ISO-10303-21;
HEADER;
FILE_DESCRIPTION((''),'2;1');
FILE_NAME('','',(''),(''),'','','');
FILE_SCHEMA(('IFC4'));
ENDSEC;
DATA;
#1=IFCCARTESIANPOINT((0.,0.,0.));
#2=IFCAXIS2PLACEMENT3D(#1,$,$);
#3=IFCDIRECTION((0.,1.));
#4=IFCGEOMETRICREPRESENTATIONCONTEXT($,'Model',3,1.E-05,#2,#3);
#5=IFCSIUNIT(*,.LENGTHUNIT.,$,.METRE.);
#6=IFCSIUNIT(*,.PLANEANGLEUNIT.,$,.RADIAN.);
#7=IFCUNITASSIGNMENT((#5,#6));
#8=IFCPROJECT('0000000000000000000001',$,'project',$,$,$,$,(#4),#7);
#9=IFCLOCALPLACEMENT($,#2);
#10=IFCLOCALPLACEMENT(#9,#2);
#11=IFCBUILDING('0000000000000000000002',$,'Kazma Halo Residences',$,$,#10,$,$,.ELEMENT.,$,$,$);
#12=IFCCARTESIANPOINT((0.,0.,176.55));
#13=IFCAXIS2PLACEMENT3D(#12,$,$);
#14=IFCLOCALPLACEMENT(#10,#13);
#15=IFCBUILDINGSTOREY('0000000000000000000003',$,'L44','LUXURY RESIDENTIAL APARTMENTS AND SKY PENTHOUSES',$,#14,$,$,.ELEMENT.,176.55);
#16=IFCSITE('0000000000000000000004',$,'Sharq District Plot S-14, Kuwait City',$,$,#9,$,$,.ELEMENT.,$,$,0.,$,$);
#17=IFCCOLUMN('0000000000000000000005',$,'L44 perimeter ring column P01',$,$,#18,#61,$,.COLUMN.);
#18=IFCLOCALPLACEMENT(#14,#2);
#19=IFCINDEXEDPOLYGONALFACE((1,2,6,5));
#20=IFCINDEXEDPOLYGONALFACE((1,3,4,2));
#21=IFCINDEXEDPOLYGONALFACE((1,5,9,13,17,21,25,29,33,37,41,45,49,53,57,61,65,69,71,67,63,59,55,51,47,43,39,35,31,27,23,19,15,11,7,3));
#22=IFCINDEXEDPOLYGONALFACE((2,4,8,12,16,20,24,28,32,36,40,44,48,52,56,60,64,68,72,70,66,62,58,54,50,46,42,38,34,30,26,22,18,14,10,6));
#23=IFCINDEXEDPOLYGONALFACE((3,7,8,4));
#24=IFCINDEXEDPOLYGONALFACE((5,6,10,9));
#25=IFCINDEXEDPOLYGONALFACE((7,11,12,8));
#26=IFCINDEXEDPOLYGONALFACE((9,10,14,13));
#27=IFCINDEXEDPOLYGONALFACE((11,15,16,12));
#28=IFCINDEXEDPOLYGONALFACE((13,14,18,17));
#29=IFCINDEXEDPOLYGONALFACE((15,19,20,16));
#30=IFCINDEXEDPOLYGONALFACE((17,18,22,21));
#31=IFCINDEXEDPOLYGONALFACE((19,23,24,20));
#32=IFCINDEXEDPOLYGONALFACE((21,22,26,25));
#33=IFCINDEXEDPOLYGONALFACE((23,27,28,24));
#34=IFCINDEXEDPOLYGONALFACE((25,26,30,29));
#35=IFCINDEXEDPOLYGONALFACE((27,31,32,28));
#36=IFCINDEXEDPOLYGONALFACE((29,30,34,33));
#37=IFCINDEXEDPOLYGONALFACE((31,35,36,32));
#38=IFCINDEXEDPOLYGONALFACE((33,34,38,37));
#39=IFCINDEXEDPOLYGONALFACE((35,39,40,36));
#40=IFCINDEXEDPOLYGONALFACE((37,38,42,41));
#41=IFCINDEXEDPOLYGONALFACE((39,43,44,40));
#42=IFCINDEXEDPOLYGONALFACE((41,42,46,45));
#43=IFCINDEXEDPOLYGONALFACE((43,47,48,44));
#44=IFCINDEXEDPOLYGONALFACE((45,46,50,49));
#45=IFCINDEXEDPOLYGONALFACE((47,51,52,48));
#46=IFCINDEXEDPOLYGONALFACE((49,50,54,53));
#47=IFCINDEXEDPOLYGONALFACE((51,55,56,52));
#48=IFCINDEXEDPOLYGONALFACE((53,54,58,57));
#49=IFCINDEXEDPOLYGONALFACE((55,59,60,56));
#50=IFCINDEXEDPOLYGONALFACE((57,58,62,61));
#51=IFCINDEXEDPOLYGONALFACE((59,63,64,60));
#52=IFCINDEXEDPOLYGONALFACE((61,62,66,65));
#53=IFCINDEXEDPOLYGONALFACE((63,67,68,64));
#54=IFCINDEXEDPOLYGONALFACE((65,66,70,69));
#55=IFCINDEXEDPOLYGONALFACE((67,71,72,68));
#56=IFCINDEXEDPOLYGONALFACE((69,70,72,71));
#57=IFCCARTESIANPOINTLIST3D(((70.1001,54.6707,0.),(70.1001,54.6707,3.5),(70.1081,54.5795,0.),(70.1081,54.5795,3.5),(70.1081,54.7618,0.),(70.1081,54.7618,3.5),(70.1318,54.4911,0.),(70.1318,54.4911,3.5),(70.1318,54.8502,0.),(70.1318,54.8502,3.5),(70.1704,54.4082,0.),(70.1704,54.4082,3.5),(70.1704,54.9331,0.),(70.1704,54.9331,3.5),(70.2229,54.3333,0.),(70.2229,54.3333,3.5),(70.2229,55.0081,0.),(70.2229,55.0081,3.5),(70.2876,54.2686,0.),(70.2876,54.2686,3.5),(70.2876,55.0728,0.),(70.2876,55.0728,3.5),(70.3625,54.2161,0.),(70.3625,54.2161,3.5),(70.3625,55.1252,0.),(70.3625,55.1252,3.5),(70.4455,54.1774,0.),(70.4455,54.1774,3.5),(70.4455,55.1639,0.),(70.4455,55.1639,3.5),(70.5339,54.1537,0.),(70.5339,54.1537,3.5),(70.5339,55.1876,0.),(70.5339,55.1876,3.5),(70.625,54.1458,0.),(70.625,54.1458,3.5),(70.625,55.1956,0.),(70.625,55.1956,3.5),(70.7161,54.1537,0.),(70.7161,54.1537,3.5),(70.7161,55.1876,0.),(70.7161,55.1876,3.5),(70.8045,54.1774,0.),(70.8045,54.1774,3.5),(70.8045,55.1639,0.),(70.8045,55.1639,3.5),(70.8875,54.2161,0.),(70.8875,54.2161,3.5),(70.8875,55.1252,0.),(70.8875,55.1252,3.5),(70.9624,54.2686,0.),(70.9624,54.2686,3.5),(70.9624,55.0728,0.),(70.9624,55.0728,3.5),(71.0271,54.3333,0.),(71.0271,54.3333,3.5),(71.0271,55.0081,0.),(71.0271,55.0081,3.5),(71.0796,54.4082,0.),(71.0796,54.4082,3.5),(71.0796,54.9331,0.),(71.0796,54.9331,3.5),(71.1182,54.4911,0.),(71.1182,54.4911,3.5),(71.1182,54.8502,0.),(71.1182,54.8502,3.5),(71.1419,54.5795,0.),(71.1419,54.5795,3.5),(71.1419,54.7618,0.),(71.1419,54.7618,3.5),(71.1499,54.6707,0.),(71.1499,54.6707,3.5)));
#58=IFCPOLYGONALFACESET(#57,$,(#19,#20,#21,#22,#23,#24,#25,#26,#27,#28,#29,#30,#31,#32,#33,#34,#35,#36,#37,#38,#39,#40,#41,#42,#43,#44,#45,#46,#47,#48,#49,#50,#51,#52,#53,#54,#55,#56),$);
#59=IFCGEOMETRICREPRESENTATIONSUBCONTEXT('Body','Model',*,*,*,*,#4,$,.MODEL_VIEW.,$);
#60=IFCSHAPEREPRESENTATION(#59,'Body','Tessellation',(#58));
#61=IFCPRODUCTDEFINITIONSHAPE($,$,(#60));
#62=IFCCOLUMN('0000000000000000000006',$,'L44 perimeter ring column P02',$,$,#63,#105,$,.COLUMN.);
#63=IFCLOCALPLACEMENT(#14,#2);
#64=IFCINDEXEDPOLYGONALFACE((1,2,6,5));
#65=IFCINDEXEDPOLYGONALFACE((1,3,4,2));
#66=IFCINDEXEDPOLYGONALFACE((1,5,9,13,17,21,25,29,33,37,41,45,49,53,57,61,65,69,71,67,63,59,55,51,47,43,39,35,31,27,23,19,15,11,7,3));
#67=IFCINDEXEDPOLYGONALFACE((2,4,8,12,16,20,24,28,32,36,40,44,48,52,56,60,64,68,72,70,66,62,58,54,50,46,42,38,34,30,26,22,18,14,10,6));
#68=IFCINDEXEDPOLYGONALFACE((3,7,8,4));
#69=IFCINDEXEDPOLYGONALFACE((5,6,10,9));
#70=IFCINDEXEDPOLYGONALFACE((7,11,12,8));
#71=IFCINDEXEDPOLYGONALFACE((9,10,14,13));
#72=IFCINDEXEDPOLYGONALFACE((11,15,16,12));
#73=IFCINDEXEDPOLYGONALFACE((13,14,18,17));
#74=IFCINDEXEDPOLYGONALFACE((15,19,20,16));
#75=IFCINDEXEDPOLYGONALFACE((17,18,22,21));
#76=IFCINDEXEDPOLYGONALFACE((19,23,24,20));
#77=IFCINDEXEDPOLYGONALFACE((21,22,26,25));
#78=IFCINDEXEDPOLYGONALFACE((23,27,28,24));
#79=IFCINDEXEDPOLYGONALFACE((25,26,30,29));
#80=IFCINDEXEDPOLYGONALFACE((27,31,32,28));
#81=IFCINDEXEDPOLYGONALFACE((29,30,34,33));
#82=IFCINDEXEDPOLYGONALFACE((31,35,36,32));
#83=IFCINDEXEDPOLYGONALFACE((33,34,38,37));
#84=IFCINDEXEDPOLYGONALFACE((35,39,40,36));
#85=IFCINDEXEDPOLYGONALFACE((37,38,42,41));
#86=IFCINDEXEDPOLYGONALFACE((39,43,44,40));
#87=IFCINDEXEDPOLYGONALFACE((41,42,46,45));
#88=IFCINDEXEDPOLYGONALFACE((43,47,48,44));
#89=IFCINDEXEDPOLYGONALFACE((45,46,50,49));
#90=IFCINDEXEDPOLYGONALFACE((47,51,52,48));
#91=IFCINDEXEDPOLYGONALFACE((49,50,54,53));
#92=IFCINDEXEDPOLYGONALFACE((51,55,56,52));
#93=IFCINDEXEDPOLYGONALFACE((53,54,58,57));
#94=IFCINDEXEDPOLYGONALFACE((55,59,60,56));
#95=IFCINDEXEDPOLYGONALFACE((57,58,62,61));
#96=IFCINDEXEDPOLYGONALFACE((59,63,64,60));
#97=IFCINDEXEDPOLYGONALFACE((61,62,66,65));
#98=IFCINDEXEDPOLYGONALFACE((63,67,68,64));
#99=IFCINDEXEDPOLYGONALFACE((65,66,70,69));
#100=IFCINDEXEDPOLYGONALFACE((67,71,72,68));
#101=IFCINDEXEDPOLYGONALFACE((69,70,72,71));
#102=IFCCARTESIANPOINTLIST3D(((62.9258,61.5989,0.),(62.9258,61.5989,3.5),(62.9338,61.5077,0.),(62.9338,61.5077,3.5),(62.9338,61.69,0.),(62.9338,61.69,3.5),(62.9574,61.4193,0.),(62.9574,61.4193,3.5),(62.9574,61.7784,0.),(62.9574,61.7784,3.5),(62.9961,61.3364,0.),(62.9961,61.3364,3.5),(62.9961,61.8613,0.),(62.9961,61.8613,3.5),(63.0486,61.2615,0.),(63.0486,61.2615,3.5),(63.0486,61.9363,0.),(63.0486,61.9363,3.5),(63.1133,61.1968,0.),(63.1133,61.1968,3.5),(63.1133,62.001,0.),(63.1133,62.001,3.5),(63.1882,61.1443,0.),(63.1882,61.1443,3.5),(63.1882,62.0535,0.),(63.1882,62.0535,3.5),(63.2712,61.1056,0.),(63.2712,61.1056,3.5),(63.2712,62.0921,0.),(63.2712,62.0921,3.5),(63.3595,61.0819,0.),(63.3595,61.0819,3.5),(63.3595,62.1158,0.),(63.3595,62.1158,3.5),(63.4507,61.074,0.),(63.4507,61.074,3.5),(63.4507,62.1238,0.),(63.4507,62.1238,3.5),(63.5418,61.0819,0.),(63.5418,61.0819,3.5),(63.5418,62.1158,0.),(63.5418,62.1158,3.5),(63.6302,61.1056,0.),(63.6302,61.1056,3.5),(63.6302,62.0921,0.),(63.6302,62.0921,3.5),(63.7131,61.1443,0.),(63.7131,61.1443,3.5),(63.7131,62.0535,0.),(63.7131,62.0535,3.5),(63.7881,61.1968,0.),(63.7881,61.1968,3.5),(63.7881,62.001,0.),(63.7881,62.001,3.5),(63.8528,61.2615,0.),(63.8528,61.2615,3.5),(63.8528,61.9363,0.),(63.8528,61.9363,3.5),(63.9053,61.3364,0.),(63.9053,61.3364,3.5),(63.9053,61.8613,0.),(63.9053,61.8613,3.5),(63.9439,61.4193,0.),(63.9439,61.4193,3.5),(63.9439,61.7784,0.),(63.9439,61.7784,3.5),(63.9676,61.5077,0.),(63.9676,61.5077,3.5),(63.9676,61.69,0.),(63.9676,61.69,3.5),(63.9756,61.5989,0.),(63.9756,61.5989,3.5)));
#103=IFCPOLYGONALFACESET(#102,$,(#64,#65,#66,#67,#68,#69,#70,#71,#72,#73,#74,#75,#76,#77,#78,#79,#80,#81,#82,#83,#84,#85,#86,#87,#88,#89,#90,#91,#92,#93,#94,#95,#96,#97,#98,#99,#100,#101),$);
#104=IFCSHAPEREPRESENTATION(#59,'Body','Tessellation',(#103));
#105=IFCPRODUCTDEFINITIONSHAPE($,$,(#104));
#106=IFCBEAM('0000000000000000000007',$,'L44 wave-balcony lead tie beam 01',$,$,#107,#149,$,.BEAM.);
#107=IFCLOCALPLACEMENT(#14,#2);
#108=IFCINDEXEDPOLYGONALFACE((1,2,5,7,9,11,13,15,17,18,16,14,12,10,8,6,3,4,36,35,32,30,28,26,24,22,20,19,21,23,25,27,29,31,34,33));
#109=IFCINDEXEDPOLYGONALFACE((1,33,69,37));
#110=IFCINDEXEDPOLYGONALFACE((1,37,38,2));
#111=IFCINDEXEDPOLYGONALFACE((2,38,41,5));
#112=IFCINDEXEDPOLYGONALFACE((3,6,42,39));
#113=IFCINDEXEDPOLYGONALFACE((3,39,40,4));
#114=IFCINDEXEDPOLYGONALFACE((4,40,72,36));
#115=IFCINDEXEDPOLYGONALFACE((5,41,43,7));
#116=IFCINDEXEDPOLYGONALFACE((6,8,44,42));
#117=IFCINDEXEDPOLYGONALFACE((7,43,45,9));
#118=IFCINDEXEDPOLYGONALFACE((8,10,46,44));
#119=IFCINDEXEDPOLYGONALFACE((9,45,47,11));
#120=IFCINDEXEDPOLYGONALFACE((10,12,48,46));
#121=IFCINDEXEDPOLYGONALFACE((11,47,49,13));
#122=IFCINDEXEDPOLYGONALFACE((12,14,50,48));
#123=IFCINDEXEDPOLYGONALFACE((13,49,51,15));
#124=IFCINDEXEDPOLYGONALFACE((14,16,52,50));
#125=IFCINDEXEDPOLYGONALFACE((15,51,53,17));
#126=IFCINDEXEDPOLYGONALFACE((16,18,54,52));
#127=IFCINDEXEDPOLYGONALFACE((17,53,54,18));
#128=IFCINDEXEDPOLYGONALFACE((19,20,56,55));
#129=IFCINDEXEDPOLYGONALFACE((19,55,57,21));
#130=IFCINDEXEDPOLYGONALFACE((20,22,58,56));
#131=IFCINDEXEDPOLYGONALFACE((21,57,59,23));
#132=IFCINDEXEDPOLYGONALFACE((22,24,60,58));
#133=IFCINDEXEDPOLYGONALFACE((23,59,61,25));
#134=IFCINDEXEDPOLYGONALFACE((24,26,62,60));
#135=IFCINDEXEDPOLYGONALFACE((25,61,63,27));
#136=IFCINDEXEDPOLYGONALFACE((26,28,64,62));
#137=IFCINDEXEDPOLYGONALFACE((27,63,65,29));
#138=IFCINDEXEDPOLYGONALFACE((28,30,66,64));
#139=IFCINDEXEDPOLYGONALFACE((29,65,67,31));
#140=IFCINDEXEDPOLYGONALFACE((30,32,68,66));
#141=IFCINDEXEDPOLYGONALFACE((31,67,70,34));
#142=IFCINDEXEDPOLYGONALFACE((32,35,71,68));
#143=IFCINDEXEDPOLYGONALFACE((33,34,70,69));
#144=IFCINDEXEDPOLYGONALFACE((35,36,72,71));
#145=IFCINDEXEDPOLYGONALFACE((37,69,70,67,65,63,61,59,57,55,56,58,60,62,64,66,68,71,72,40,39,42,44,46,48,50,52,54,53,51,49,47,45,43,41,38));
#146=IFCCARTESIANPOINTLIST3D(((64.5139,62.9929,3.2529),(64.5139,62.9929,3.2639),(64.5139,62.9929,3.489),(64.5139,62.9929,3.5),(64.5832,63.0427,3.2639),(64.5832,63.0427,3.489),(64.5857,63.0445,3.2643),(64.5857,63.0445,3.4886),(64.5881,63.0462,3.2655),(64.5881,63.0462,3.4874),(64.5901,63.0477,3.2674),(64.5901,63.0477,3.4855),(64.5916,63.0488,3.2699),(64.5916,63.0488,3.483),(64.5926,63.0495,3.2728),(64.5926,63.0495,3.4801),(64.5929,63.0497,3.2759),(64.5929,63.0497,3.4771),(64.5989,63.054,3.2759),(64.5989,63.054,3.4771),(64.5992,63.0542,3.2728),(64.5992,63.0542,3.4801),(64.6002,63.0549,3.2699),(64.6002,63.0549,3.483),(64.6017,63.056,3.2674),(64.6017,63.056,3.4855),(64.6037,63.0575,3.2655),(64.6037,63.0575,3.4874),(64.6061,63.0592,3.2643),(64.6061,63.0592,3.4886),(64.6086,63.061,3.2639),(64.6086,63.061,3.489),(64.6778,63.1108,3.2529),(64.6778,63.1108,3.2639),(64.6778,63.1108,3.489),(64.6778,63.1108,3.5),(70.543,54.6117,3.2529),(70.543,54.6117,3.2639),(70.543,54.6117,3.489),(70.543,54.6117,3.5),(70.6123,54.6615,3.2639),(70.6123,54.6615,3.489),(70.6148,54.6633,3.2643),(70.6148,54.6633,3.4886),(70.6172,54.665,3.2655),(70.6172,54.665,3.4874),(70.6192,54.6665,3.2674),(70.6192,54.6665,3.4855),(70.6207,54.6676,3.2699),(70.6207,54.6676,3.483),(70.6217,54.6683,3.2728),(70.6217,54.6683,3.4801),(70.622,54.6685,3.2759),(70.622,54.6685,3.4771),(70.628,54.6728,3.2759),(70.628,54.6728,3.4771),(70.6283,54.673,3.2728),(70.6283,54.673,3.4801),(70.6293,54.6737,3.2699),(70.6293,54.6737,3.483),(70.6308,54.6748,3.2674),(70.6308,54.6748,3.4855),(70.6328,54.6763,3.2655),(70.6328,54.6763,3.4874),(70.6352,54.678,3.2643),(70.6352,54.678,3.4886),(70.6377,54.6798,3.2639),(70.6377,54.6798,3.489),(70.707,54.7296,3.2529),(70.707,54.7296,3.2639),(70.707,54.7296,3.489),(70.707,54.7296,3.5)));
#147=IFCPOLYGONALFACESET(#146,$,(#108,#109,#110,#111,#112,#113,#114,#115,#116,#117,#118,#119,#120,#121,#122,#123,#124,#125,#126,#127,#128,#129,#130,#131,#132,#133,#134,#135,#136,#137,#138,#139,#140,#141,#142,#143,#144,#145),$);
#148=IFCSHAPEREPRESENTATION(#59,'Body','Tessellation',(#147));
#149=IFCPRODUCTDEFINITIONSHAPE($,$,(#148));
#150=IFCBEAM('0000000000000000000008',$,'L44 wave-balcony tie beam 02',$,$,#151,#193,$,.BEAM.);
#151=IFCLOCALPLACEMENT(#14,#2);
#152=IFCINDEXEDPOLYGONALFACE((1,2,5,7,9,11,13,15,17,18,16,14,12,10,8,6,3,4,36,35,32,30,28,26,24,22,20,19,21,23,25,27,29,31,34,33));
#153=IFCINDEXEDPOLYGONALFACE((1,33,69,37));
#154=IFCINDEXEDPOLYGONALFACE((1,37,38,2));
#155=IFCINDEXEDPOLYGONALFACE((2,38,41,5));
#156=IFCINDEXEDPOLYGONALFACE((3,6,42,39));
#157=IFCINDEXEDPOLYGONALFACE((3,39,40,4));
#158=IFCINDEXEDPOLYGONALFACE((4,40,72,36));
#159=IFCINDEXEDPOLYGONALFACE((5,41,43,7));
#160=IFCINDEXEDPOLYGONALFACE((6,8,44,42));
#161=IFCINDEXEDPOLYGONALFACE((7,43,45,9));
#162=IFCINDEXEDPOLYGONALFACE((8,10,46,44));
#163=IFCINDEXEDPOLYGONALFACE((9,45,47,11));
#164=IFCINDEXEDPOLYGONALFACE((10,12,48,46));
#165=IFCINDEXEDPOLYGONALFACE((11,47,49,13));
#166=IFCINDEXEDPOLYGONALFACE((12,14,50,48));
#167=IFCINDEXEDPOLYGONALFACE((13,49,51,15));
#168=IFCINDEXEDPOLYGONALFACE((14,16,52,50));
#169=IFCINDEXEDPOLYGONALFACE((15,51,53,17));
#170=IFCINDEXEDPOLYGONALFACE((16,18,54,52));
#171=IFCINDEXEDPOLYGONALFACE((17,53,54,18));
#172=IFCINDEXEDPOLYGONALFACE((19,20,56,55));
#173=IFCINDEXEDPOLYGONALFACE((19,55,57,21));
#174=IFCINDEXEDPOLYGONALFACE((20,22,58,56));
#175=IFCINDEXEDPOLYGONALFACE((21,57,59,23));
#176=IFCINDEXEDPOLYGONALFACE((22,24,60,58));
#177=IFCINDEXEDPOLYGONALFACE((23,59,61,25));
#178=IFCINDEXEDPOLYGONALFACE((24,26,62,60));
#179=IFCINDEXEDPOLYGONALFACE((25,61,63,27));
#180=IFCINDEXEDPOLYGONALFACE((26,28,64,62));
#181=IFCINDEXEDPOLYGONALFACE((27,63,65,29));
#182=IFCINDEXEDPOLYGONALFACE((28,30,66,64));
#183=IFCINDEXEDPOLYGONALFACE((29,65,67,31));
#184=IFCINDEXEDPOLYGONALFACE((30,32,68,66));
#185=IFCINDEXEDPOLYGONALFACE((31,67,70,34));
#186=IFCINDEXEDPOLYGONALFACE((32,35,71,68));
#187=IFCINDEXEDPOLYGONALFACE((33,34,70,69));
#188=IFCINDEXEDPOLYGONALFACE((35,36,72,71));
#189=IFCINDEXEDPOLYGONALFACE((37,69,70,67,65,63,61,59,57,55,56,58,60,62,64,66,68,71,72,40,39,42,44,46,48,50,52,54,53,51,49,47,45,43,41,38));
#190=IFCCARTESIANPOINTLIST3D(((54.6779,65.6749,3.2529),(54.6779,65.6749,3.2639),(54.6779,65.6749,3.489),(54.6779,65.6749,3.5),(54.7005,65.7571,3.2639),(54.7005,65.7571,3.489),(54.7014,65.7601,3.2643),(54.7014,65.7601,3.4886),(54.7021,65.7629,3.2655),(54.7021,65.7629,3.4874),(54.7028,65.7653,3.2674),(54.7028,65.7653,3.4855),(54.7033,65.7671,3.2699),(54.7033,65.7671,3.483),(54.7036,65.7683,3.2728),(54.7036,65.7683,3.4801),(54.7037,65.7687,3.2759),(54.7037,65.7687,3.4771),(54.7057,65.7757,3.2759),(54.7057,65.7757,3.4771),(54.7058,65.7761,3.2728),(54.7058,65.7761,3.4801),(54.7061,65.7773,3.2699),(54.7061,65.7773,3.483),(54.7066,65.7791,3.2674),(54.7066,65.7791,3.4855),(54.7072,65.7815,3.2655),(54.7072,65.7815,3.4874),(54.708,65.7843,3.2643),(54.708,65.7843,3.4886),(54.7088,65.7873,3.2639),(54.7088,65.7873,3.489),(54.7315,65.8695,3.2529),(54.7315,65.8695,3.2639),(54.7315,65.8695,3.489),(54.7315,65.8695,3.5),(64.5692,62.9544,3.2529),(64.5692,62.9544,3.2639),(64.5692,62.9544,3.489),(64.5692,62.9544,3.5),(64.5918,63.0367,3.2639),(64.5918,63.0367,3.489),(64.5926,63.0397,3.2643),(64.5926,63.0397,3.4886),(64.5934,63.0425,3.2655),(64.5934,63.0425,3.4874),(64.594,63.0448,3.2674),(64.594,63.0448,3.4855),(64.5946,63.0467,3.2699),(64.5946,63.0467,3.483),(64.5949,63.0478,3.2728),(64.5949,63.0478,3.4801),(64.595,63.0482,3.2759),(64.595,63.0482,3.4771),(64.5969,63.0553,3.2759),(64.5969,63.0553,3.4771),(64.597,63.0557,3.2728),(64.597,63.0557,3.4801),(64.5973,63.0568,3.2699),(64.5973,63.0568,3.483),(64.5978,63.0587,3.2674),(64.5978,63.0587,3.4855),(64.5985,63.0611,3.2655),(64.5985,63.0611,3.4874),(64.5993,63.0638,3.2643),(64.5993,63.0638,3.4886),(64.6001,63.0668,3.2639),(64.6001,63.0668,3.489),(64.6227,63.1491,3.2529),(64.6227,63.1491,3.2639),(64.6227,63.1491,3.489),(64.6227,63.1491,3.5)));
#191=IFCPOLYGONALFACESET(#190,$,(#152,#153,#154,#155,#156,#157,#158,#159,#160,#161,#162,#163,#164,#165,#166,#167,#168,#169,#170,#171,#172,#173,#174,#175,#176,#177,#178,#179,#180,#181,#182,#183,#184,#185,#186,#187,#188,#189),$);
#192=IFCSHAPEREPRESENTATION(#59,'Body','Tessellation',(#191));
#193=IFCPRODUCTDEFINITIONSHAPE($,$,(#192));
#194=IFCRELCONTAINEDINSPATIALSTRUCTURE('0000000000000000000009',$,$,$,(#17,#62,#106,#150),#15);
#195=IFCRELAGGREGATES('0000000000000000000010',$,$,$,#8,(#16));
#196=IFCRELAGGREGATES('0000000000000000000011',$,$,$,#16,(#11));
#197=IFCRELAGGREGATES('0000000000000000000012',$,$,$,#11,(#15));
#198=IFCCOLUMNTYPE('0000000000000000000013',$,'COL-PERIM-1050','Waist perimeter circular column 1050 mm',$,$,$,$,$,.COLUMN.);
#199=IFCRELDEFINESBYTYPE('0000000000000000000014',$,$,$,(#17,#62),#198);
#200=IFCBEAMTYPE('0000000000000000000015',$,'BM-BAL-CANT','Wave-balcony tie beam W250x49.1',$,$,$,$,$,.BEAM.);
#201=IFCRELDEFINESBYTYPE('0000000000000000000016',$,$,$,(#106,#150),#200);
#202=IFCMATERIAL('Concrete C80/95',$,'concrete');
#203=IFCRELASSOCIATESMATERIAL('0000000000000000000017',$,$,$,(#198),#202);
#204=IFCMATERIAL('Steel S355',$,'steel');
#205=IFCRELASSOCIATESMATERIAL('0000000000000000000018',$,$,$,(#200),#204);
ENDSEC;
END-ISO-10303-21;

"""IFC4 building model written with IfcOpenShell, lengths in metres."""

from ifc_helpers import new_model, si_unit, direction, frame, origin, origin_2d, place, context, subcontext, project, spatial, circle, i_section, extrude, material, material_profile, profile_set, type_object, element, save


model = new_model("IFC4")

# Units and contexts
model_context = context("Model", 3, precision=1e-05, world=origin(), true_north=direction((0.0, 1.0)))
body_context = subcontext(model_context, "Body", "Model", "MODEL_VIEW")
ifc_project = project(units=[si_unit("LENGTHUNIT", "METRE"), si_unit("PLANEANGLEUNIT", "RADIAN")], contexts=[model_context])

# Site, building, storey
site_placement = place(None, origin())
site = spatial("IfcSite", under=ifc_project, at=site_placement, Name="Sharq District Plot S-14, Kuwait City", CompositionType="ELEMENT", RefElevation=0.0)
building_placement = place(site_placement, origin())
building = spatial("IfcBuilding", under=site, at=building_placement, Name="Kazma Halo Residences", CompositionType="ELEMENT")
storey_placement = place(building_placement, frame((0.0, 0.0, 176.55)))
storey = spatial("IfcBuildingStorey", under=building, at=storey_placement, Name="L44", Description="LUXURY RESIDENTIAL APARTMENTS AND SKY PENTHOUSES", CompositionType="ELEMENT", Elevation=176.55)

# Columns
ifc_material_1 = material(Name="Concrete C80/95", Category="concrete")
ifc_material_profile_1 = material_profile(ifc_material_1, circle(Radius=0.5249, at=origin_2d()), Name="CIRC1050")
ifc_profile_set_1 = profile_set([ifc_material_profile_1], Name="Concrete C80/95")
column_type = type_object("IfcColumnType", Name="COL-PERIM-1050", Description="Waist perimeter circular column 1050 mm", PredefinedType="COLUMN", material=ifc_profile_set_1)
for number, where, z_axis, x_axis, name in (
    (1, (70.625, 54.6707, 0.0), (0.0, 0.0, 1.0), (1.0, 0.0, 0.0), "L44 perimeter ring column P01"),
    (2, (63.4507, 61.5989, 0.0), (0.0, 0.0, 1.0), (1.0, 0.0, 0.0), "L44 perimeter ring column P02"),
):
    element("IfcColumn", number, at=place(storey_placement, frame(where, z_axis=z_axis, x_axis=x_axis)), inside=storey, type_object=column_type, Name=name, PredefinedType="COLUMN", context=body_context, shape_type="SweptSolid", body=[
        extrude(circle(Radius=0.5249, at=origin_2d()), origin(), (0.0, 0.0, 1.0), 3.5),
    ])

# Beams
ifc_material_2 = material(Name="Steel S355", Category="steel")
ifc_material_profile_2 = material_profile(ifc_material_2, i_section(OverallWidth=0.2019, OverallDepth=0.2471, WebThickness=0.0073, FlangeThickness=0.011, FilletRadius=0.012, at=origin_2d()), Name="W250x49.1")
ifc_profile_set_2 = profile_set([ifc_material_profile_2], Name="Steel S355")
beam_type_1 = type_object("IfcBeamType", Name="BM-BAL-CANT", Description="Wave-balcony tie beam W250x49.1", PredefinedType="BEAM", material=ifc_profile_set_2)
beam_1_placement = place(storey_placement, frame((70.625, 54.6707, 3.3765), z_axis=(-0.583964, 0.81178, 0.0), x_axis=(-0.81178, -0.583964, 0.0)))
element("IfcBeam", 3, at=beam_1_placement, inside=storey, type_object=beam_type_1, Name="L44 wave-balcony lead tie beam 01", PredefinedType="BEAM", context=body_context, shape_type="SweptSolid", body=[
    extrude(i_section(OverallWidth=0.2019, OverallDepth=0.2471, WebThickness=0.0073, FlangeThickness=0.011, FilletRadius=0.012, at=origin_2d()), origin(), (0.0, 0.0, 1.0), 10.3245),
])
beam_2_placement = place(storey_placement, frame((64.5959, 63.0518, 3.3765), z_axis=(-0.964197, 0.265187, 0.0), x_axis=(-0.265187, -0.964197, 0.0)))
element("IfcBeam", 4, at=beam_2_placement, inside=storey, type_object=beam_type_1, Name="L44 wave-balcony tie beam 02", PredefinedType="BEAM", context=body_context, shape_type="SweptSolid", body=[
    extrude(i_section(OverallWidth=0.2019, OverallDepth=0.2471, WebThickness=0.0073, FlangeThickness=0.011, FilletRadius=0.012, at=origin_2d()), origin(), (0.0, 0.0, 1.0), 10.2585),
])

save(model, "model.ifc")
